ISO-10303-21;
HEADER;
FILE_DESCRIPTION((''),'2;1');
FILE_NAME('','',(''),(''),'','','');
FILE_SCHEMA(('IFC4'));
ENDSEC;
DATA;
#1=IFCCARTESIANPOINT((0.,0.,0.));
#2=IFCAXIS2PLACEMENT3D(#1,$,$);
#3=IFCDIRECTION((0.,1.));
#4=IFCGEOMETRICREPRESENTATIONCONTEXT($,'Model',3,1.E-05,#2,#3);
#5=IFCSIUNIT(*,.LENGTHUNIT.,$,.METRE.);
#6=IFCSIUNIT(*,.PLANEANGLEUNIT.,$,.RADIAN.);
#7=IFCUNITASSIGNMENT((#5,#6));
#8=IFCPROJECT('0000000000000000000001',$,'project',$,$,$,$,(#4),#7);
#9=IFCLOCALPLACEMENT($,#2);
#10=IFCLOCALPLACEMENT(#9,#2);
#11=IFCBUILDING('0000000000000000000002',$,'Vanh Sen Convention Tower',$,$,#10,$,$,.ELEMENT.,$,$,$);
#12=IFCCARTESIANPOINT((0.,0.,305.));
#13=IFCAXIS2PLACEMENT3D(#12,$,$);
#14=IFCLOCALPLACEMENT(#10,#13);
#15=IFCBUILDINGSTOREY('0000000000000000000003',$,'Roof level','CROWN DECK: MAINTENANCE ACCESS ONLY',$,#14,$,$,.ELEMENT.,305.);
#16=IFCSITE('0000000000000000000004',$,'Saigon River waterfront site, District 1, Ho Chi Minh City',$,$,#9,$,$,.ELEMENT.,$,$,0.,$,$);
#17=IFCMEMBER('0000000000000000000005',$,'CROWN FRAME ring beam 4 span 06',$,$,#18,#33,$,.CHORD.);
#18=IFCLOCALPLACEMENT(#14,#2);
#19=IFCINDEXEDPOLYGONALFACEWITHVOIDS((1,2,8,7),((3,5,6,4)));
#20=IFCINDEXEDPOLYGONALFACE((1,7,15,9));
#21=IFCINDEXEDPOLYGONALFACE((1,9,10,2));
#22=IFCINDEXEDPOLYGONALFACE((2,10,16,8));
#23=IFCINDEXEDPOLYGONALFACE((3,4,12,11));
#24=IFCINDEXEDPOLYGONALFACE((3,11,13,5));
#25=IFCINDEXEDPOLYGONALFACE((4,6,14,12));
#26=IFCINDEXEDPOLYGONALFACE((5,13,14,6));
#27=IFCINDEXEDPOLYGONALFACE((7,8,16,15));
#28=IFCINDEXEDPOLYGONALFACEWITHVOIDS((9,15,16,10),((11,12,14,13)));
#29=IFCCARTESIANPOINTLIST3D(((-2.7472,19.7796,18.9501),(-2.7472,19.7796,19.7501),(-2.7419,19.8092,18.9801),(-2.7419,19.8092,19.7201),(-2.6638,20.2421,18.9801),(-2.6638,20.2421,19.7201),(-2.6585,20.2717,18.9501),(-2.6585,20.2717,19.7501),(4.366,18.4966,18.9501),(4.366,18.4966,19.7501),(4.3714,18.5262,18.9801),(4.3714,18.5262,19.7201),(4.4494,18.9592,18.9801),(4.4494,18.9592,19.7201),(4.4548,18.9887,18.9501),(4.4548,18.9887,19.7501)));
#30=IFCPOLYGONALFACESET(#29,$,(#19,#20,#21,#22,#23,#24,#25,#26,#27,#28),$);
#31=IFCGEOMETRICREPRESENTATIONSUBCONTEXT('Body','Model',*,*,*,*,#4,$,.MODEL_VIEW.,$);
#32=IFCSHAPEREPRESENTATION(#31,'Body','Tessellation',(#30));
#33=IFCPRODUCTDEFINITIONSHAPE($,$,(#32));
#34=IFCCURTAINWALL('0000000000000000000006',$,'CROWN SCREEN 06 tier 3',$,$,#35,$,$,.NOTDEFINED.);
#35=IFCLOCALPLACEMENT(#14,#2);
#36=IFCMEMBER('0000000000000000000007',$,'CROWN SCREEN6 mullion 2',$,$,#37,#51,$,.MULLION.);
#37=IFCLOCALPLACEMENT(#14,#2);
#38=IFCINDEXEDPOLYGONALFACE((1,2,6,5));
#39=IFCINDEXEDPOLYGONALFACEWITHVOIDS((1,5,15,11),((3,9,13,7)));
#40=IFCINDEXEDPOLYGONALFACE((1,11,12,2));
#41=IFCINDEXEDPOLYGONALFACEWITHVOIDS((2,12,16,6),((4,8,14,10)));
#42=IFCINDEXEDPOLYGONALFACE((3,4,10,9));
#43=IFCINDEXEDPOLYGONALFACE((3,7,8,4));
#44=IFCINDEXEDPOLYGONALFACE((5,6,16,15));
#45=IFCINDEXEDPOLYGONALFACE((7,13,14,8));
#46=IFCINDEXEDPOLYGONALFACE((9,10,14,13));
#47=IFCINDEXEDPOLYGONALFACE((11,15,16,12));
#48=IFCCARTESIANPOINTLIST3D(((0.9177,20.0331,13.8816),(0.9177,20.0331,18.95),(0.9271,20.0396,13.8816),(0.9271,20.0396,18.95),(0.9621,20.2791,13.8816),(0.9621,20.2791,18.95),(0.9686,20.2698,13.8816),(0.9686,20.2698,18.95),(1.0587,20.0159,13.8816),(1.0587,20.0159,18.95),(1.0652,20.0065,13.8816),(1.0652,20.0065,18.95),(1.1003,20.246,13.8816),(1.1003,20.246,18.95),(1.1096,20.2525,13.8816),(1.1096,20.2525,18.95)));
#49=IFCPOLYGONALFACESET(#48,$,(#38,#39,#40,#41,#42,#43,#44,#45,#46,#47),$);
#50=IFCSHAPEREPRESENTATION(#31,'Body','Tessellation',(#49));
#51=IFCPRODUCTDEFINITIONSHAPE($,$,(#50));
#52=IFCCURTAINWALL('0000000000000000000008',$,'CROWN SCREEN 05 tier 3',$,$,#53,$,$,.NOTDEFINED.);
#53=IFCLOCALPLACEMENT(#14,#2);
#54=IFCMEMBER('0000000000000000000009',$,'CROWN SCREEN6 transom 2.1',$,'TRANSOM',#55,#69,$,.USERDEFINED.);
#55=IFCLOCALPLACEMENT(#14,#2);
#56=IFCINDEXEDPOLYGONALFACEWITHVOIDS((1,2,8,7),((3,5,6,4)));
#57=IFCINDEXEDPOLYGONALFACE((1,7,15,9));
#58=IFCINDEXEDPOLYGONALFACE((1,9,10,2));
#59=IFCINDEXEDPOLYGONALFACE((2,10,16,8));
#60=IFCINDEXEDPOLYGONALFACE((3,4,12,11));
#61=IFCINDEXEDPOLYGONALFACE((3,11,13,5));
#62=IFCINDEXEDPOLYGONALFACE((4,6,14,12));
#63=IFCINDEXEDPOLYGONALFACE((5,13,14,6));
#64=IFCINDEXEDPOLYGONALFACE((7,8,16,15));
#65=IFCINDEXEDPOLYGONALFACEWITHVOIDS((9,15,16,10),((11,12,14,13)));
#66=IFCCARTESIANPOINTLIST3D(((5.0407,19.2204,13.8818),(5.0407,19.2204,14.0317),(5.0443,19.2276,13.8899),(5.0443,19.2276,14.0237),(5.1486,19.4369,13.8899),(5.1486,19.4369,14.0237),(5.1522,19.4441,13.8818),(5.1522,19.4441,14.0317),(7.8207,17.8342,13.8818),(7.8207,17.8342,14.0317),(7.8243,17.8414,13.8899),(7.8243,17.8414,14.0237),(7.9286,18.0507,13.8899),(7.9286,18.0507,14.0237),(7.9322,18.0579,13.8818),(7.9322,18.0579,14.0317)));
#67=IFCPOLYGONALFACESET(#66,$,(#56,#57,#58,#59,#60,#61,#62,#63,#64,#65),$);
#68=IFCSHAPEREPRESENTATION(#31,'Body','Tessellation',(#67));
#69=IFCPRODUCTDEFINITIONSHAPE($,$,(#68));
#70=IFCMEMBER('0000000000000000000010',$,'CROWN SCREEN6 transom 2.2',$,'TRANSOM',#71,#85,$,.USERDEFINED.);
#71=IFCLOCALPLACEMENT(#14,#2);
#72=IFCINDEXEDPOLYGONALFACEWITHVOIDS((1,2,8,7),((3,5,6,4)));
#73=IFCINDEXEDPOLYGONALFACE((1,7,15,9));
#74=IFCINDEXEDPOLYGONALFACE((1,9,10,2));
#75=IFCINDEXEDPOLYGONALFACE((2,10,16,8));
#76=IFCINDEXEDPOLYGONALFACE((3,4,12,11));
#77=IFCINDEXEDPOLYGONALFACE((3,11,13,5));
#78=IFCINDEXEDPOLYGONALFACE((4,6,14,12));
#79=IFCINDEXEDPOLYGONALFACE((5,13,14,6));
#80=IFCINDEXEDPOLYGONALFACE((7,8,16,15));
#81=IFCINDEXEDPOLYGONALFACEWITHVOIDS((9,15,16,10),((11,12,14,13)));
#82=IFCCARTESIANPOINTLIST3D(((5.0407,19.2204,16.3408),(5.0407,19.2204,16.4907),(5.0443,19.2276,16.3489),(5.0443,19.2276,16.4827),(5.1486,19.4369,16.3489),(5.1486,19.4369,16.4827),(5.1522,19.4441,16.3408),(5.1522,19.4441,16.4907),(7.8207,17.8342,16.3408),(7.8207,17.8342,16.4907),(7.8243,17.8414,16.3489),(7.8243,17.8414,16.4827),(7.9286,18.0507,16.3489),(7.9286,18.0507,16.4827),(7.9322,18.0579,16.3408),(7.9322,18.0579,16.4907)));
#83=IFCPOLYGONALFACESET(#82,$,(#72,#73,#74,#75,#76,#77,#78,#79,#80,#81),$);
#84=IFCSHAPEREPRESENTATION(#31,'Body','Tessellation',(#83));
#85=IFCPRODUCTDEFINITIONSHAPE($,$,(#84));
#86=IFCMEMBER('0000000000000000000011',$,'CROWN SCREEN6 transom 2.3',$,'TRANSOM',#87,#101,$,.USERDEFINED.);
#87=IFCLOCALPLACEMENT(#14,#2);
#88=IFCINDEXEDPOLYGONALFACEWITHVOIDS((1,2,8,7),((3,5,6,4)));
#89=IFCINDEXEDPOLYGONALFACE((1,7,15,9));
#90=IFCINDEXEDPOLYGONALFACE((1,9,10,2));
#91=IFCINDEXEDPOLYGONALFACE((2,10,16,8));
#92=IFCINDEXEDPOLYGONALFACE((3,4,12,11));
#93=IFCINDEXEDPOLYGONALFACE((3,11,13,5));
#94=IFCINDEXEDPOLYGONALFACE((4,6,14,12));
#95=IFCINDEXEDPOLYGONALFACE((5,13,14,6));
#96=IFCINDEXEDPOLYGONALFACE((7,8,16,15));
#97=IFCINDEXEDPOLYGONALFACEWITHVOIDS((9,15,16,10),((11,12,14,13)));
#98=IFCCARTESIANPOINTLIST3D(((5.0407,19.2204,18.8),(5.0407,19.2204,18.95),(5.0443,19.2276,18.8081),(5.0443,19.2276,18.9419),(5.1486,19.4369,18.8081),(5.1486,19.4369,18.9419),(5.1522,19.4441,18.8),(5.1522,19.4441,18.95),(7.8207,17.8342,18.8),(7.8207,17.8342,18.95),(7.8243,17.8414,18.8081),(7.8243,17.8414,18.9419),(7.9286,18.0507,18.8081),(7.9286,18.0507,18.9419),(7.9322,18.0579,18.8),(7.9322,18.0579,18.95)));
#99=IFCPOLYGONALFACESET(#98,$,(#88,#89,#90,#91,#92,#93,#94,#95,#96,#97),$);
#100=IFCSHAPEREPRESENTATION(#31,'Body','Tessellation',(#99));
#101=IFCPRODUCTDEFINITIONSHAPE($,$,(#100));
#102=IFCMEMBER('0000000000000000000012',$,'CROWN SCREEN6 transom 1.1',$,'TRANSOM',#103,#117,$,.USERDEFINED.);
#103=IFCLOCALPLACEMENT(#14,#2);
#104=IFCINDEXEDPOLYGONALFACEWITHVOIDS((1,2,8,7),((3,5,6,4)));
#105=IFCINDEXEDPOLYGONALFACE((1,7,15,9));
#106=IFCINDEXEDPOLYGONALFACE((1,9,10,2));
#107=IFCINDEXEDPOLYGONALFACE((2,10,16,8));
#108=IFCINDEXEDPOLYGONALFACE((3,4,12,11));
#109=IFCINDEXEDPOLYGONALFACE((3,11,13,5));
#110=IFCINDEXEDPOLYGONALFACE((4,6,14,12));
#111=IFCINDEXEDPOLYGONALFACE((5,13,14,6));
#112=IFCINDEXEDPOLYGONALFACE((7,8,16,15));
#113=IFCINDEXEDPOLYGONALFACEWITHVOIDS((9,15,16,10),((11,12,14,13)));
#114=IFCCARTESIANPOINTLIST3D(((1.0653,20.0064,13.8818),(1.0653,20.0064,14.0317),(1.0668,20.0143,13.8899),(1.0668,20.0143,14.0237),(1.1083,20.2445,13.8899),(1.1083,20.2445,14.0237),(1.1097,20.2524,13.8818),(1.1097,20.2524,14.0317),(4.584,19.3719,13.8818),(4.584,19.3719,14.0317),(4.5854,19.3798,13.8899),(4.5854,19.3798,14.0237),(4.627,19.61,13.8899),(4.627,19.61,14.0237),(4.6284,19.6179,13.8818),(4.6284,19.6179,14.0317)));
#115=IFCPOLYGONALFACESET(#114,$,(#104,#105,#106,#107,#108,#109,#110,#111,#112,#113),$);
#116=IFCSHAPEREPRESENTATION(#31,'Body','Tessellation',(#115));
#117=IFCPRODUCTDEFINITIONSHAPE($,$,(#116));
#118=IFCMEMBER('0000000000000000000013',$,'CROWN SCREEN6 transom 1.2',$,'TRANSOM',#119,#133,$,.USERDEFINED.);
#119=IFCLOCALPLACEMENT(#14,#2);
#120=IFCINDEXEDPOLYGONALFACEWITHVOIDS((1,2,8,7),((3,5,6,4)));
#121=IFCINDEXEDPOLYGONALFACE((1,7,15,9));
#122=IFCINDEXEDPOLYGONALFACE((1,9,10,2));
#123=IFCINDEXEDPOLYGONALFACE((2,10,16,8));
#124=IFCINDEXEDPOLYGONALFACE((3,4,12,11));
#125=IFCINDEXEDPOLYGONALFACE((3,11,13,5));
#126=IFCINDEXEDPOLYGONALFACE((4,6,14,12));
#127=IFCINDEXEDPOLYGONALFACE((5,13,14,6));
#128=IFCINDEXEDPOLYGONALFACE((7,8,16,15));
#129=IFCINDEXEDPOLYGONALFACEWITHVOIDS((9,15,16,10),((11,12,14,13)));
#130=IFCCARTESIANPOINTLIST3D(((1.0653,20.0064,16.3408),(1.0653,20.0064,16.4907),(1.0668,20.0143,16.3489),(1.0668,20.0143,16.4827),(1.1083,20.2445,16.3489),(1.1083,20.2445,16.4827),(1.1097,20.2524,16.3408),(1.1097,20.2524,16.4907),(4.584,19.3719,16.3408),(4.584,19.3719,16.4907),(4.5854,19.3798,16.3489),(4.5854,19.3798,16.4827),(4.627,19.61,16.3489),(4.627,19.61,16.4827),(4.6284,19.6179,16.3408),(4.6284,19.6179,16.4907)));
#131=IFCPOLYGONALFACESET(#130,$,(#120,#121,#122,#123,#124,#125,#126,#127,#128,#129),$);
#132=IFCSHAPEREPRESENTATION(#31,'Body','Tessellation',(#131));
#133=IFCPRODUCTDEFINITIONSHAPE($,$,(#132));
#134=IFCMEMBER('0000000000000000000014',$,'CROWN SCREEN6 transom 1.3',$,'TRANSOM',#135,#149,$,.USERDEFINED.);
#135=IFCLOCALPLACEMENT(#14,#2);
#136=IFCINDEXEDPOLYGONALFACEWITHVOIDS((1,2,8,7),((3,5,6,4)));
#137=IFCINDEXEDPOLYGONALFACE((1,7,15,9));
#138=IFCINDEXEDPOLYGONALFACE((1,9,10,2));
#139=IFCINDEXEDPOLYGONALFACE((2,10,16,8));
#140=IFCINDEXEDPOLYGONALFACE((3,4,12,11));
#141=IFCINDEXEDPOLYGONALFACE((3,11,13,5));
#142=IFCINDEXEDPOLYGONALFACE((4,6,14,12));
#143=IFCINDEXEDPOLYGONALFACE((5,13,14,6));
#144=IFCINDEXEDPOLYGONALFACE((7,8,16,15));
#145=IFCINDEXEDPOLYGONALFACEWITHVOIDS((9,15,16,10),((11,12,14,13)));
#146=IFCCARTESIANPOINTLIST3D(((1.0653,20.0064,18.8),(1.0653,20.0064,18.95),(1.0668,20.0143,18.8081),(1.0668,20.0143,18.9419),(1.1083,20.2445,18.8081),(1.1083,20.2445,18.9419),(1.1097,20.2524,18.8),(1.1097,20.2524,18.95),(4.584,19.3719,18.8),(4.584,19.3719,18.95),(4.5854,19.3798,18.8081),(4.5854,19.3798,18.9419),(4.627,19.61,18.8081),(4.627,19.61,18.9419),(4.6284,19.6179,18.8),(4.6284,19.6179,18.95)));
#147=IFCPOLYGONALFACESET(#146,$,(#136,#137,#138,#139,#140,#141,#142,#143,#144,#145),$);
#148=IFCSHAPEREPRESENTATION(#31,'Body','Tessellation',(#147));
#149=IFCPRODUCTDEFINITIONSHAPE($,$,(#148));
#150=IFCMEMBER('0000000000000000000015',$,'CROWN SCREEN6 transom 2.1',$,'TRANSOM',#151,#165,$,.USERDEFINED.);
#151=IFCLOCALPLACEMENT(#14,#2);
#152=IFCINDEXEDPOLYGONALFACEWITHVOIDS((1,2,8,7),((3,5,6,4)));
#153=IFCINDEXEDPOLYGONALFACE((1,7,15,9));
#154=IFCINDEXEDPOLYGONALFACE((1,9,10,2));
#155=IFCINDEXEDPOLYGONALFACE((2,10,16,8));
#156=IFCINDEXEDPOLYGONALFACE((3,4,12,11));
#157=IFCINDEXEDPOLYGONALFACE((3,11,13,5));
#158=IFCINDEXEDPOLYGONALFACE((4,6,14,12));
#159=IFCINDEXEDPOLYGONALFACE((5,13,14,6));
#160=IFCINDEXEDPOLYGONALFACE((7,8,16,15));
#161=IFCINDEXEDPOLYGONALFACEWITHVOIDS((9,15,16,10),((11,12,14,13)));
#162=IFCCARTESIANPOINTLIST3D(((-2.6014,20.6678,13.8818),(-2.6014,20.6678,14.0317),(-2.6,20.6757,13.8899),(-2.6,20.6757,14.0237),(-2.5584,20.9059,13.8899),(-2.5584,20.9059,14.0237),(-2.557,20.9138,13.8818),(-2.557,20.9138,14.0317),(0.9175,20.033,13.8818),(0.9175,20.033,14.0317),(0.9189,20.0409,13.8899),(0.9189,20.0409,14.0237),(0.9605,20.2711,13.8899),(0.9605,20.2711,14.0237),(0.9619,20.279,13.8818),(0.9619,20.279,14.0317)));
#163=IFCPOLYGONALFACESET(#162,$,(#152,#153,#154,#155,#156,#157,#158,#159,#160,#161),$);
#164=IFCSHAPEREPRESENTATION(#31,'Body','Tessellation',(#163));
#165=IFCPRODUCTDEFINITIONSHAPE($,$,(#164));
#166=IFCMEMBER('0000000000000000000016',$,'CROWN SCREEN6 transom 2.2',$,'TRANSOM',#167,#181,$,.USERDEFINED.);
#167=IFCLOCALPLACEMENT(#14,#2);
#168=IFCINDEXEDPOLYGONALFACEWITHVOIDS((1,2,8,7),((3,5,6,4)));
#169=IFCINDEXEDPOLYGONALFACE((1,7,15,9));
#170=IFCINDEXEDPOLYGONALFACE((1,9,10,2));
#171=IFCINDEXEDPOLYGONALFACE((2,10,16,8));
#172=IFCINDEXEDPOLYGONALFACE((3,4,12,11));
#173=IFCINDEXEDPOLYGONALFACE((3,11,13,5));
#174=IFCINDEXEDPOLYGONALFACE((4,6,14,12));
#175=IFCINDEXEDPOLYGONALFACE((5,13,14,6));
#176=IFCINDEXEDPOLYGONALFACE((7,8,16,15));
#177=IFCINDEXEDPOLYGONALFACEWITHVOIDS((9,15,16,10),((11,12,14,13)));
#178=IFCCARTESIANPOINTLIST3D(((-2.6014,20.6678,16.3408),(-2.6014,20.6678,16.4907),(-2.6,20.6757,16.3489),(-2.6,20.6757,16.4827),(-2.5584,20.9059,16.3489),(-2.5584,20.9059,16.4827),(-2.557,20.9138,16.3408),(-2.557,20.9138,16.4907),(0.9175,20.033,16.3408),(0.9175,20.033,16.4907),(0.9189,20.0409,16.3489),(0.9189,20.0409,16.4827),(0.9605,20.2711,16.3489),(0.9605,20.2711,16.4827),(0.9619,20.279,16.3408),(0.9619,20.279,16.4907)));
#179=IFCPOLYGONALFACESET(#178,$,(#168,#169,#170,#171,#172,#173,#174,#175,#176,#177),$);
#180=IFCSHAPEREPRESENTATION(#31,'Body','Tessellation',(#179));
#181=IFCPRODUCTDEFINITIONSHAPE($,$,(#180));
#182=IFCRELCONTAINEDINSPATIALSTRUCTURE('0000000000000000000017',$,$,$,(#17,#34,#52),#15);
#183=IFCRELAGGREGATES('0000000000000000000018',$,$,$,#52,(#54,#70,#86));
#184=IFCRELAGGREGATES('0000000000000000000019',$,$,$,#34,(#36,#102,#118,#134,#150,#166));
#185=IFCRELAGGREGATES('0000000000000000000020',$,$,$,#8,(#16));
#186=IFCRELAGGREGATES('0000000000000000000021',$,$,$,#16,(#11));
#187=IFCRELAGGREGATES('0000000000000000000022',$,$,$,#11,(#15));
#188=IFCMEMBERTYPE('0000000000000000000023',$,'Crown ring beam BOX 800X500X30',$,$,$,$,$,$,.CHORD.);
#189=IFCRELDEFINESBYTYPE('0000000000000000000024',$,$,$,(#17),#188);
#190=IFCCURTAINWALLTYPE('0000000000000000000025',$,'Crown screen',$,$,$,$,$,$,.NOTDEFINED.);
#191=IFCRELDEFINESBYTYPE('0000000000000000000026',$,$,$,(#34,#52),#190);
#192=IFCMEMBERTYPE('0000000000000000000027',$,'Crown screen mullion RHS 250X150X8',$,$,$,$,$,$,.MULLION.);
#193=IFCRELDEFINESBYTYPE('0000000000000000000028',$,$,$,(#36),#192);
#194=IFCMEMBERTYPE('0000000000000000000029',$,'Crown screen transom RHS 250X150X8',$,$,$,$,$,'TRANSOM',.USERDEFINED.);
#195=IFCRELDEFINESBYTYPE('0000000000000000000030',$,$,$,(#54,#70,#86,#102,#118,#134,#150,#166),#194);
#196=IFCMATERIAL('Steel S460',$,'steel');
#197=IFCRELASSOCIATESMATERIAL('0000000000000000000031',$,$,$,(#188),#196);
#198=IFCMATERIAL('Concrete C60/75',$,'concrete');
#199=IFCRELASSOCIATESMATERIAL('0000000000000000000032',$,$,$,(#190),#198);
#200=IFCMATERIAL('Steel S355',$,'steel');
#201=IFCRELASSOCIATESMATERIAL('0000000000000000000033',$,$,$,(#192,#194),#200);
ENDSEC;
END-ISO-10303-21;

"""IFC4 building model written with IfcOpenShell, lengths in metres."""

from ifc_helpers import new_model, si_unit, direction, frame, origin, origin_2d, place, context, subcontext, project, spatial, hollow_rectangle, extrude, material, material_profile, profile_set, type_object, element, aggregate, save


model = new_model("IFC4")

# Units and contexts
model_context = context("Model", 3, precision=1e-05, world=origin(), true_north=direction((0.0, 1.0)))
body_context = subcontext(model_context, "Body", "Model", "MODEL_VIEW")
ifc_project = project(units=[si_unit("LENGTHUNIT", "METRE"), si_unit("PLANEANGLEUNIT", "RADIAN")], contexts=[model_context])

# Site, building, storey
site_placement = place(None, origin())
site = spatial("IfcSite", under=ifc_project, at=site_placement, Name="Saigon River waterfront site, District 1, Ho Chi Minh City", CompositionType="ELEMENT", RefElevation=0.0)
building_placement = place(site_placement, origin())
building = spatial("IfcBuilding", under=site, at=building_placement, Name="Vanh Sen Convention Tower", CompositionType="ELEMENT")
storey_placement = place(building_placement, frame((0.0, 0.0, 305.0)))
storey = spatial("IfcBuildingStorey", under=building, at=storey_placement, Name="Roof level", Description="CROWN DECK: MAINTENANCE ACCESS ONLY", CompositionType="ELEMENT", Elevation=305.0)

# Member
ifc_material_1 = material(Name="Steel S460", Category="steel")
ifc_material_profile_1 = material_profile(ifc_material_1, hollow_rectangle(XDim=0.5, YDim=0.8, WallThickness=0.03, at=origin_2d()), Name="BOX 800X500X30")
ifc_profile_set_1 = profile_set([ifc_material_profile_1], Name="Steel S460")
member_type_1 = type_object("IfcMemberType", Name="Crown ring beam BOX 800X500X30", PredefinedType="CHORD", material=ifc_profile_set_1)
member_1_placement = place(storey_placement, frame((4.4104, 18.7427, 19.3501), z_axis=(-0.984121, 0.177497, 0.0), x_axis=(-0.177497, -0.984121, 0.0)))
element("IfcMember", 1, at=member_1_placement, inside=storey, type_object=member_type_1, Name="CROWN FRAME ring beam 4 span 06", PredefinedType="CHORD", context=body_context, shape_type="SweptSolid", body=[
    extrude(hollow_rectangle(XDim=0.5, YDim=0.8, WallThickness=0.03, at=origin_2d()), origin(), (0.0, 0.0, 1.0), 7.228),
])

# Curtain wall, member
ifc_material_2 = material(Name="Concrete C60/75", Category="concrete")
curtain_wall_type = type_object("IfcCurtainWallType", Name="Crown screen", PredefinedType="NOTDEFINED", material=ifc_material_2)
curtain_wall_1_placement = place(storey_placement, origin())
curtain_wall_1 = element("IfcCurtainWall", 2, at=curtain_wall_1_placement, inside=storey, type_object=curtain_wall_type, Name="CROWN SCREEN 06 tier 3", PredefinedType="NOTDEFINED")
ifc_material_3 = material(Name="Steel S355", Category="steel")
ifc_material_profile_2 = material_profile(ifc_material_3, hollow_rectangle(XDim=0.25, YDim=0.1499, WallThickness=0.0081, at=origin_2d()), Name="RHS 250X150X8")
ifc_profile_set_2 = profile_set([ifc_material_profile_2], Name="Steel S355")
member_type_2 = type_object("IfcMemberType", Name="Crown screen mullion RHS 250X150X8", PredefinedType="MULLION", material=ifc_profile_set_2)
member_2_placement = place(storey_placement, frame((1.0137, 20.1428, 13.8816), z_axis=(0.0, 0.0, 1.0), x_axis=(-0.177496, -0.984122, 0.0)))
member_2 = element("IfcMember", 3, at=member_2_placement, type_object=member_type_2, Name="CROWN SCREEN6 mullion 2", PredefinedType="MULLION", context=body_context, shape_type="SweptSolid", body=[
    extrude(hollow_rectangle(XDim=0.25, YDim=0.1499, WallThickness=0.0081, at=origin_2d()), origin(), (0.0, 0.0, 1.0), 5.0684),
])

# Curtain wall, members
curtain_wall_2_placement = place(storey_placement, origin())
curtain_wall_2 = element("IfcCurtainWall", 4, at=curtain_wall_2_placement, inside=storey, type_object=curtain_wall_type, Name="CROWN SCREEN 05 tier 3", PredefinedType="NOTDEFINED")
ifc_material_profile_3 = material_profile(ifc_material_3, hollow_rectangle(XDim=0.25, YDim=0.1499, WallThickness=0.0081, at=origin_2d()), Name="RHS 250X150X8")
ifc_profile_set_3 = profile_set([ifc_material_profile_3], Name="Steel S355")
member_type_3 = type_object("IfcMemberType", Name="Crown screen transom RHS 250X150X8", ElementType="TRANSOM", PredefinedType="USERDEFINED", material=ifc_profile_set_3)
member_3_placement = place(storey_placement, frame((7.8765, 17.946, 13.9568), z_axis=(-0.894914, 0.446239, 0.0), x_axis=(-0.446239, -0.894914, 0.0)))
member_3 = element("IfcMember", 5, at=member_3_placement, type_object=member_type_3, Name="CROWN SCREEN6 transom 2.1", ObjectType="TRANSOM", PredefinedType="USERDEFINED", context=body_context, shape_type="SweptSolid", body=[
    extrude(hollow_rectangle(XDim=0.25, YDim=0.1499, WallThickness=0.0081, at=origin_2d()), origin(), (0.0, 0.0, 1.0), 3.1064),
])
member_4_placement = place(storey_placement, frame((7.8765, 17.946, 16.4158), z_axis=(-0.894914, 0.446239, 0.0), x_axis=(-0.446239, -0.894914, 0.0)))
member_4 = element("IfcMember", 6, at=member_4_placement, type_object=member_type_3, Name="CROWN SCREEN6 transom 2.2", ObjectType="TRANSOM", PredefinedType="USERDEFINED", context=body_context, shape_type="SweptSolid", body=[
    extrude(hollow_rectangle(XDim=0.25, YDim=0.1499, WallThickness=0.0081, at=origin_2d()), origin(), (0.0, 0.0, 1.0), 3.1064),
])
member_5_placement = place(storey_placement, frame((7.8765, 17.946, 18.875), z_axis=(-0.894914, 0.446239, 0.0), x_axis=(-0.446239, -0.894914, 0.0)))
member_5 = element("IfcMember", 7, at=member_5_placement, type_object=member_type_3, Name="CROWN SCREEN6 transom 2.3", ObjectType="TRANSOM", PredefinedType="USERDEFINED", context=body_context, shape_type="SweptSolid", body=[
    extrude(hollow_rectangle(XDim=0.25, YDim=0.1499, WallThickness=0.0081, at=origin_2d()), origin(), (0.0, 0.0, 1.0), 3.1064),
])

# Members
member_6_placement = place(storey_placement, frame((4.6062, 19.4949, 13.9568), z_axis=(-0.984128, 0.177461, 0.0), x_axis=(-0.177461, -0.984128, 0.0)))
member_6 = element("IfcMember", 8, at=member_6_placement, type_object=member_type_3, Name="CROWN SCREEN6 transom 1.1", ObjectType="TRANSOM", PredefinedType="USERDEFINED", context=body_context, shape_type="SweptSolid", body=[
    extrude(hollow_rectangle(XDim=0.25, YDim=0.1499, WallThickness=0.0081, at=origin_2d()), origin(), (0.0, 0.0, 1.0), 3.5754),
])
member_7_placement = place(storey_placement, frame((4.6062, 19.4949, 16.4158), z_axis=(-0.984128, 0.177461, 0.0), x_axis=(-0.177461, -0.984128, 0.0)))
member_7 = element("IfcMember", 9, at=member_7_placement, type_object=member_type_3, Name="CROWN SCREEN6 transom 1.2", ObjectType="TRANSOM", PredefinedType="USERDEFINED", context=body_context, shape_type="SweptSolid", body=[
    extrude(hollow_rectangle(XDim=0.25, YDim=0.1499, WallThickness=0.0081, at=origin_2d()), origin(), (0.0, 0.0, 1.0), 3.5754),
])
member_8_placement = place(storey_placement, frame((4.6062, 19.4949, 18.875), z_axis=(-0.984128, 0.177461, 0.0), x_axis=(-0.177461, -0.984128, 0.0)))
member_8 = element("IfcMember", 10, at=member_8_placement, type_object=member_type_3, Name="CROWN SCREEN6 transom 1.3", ObjectType="TRANSOM", PredefinedType="USERDEFINED", context=body_context, shape_type="SweptSolid", body=[
    extrude(hollow_rectangle(XDim=0.25, YDim=0.1499, WallThickness=0.0081, at=origin_2d()), origin(), (0.0, 0.0, 1.0), 3.5754),
])
member_9_placement = place(storey_placement, frame((0.9397, 20.156, 13.9568), z_axis=(-0.984116, 0.177527, 0.0), x_axis=(-0.177527, -0.984116, 0.0)))
member_9 = element("IfcMember", 11, at=member_9_placement, type_object=member_type_3, Name="CROWN SCREEN6 transom 2.1", ObjectType="TRANSOM", PredefinedType="USERDEFINED", context=body_context, shape_type="SweptSolid", body=[
    extrude(hollow_rectangle(XDim=0.25, YDim=0.1499, WallThickness=0.0081, at=origin_2d()), origin(), (0.0, 0.0, 1.0), 3.5757),
])
member_10_placement = place(storey_placement, frame((0.9397, 20.156, 16.4158), z_axis=(-0.984116, 0.177527, 0.0), x_axis=(-0.177527, -0.984116, 0.0)))
member_10 = element("IfcMember", 12, at=member_10_placement, type_object=member_type_3, Name="CROWN SCREEN6 transom 2.2", ObjectType="TRANSOM", PredefinedType="USERDEFINED", context=body_context, shape_type="SweptSolid", body=[
    extrude(hollow_rectangle(XDim=0.25, YDim=0.1499, WallThickness=0.0081, at=origin_2d()), origin(), (0.0, 0.0, 1.0), 3.5757),
])

aggregate(curtain_wall_2, [member_3, member_4, member_5])
aggregate(curtain_wall_1, [member_2, member_6, member_7, member_8, member_9, member_10])

save(model, "model.ifc")
